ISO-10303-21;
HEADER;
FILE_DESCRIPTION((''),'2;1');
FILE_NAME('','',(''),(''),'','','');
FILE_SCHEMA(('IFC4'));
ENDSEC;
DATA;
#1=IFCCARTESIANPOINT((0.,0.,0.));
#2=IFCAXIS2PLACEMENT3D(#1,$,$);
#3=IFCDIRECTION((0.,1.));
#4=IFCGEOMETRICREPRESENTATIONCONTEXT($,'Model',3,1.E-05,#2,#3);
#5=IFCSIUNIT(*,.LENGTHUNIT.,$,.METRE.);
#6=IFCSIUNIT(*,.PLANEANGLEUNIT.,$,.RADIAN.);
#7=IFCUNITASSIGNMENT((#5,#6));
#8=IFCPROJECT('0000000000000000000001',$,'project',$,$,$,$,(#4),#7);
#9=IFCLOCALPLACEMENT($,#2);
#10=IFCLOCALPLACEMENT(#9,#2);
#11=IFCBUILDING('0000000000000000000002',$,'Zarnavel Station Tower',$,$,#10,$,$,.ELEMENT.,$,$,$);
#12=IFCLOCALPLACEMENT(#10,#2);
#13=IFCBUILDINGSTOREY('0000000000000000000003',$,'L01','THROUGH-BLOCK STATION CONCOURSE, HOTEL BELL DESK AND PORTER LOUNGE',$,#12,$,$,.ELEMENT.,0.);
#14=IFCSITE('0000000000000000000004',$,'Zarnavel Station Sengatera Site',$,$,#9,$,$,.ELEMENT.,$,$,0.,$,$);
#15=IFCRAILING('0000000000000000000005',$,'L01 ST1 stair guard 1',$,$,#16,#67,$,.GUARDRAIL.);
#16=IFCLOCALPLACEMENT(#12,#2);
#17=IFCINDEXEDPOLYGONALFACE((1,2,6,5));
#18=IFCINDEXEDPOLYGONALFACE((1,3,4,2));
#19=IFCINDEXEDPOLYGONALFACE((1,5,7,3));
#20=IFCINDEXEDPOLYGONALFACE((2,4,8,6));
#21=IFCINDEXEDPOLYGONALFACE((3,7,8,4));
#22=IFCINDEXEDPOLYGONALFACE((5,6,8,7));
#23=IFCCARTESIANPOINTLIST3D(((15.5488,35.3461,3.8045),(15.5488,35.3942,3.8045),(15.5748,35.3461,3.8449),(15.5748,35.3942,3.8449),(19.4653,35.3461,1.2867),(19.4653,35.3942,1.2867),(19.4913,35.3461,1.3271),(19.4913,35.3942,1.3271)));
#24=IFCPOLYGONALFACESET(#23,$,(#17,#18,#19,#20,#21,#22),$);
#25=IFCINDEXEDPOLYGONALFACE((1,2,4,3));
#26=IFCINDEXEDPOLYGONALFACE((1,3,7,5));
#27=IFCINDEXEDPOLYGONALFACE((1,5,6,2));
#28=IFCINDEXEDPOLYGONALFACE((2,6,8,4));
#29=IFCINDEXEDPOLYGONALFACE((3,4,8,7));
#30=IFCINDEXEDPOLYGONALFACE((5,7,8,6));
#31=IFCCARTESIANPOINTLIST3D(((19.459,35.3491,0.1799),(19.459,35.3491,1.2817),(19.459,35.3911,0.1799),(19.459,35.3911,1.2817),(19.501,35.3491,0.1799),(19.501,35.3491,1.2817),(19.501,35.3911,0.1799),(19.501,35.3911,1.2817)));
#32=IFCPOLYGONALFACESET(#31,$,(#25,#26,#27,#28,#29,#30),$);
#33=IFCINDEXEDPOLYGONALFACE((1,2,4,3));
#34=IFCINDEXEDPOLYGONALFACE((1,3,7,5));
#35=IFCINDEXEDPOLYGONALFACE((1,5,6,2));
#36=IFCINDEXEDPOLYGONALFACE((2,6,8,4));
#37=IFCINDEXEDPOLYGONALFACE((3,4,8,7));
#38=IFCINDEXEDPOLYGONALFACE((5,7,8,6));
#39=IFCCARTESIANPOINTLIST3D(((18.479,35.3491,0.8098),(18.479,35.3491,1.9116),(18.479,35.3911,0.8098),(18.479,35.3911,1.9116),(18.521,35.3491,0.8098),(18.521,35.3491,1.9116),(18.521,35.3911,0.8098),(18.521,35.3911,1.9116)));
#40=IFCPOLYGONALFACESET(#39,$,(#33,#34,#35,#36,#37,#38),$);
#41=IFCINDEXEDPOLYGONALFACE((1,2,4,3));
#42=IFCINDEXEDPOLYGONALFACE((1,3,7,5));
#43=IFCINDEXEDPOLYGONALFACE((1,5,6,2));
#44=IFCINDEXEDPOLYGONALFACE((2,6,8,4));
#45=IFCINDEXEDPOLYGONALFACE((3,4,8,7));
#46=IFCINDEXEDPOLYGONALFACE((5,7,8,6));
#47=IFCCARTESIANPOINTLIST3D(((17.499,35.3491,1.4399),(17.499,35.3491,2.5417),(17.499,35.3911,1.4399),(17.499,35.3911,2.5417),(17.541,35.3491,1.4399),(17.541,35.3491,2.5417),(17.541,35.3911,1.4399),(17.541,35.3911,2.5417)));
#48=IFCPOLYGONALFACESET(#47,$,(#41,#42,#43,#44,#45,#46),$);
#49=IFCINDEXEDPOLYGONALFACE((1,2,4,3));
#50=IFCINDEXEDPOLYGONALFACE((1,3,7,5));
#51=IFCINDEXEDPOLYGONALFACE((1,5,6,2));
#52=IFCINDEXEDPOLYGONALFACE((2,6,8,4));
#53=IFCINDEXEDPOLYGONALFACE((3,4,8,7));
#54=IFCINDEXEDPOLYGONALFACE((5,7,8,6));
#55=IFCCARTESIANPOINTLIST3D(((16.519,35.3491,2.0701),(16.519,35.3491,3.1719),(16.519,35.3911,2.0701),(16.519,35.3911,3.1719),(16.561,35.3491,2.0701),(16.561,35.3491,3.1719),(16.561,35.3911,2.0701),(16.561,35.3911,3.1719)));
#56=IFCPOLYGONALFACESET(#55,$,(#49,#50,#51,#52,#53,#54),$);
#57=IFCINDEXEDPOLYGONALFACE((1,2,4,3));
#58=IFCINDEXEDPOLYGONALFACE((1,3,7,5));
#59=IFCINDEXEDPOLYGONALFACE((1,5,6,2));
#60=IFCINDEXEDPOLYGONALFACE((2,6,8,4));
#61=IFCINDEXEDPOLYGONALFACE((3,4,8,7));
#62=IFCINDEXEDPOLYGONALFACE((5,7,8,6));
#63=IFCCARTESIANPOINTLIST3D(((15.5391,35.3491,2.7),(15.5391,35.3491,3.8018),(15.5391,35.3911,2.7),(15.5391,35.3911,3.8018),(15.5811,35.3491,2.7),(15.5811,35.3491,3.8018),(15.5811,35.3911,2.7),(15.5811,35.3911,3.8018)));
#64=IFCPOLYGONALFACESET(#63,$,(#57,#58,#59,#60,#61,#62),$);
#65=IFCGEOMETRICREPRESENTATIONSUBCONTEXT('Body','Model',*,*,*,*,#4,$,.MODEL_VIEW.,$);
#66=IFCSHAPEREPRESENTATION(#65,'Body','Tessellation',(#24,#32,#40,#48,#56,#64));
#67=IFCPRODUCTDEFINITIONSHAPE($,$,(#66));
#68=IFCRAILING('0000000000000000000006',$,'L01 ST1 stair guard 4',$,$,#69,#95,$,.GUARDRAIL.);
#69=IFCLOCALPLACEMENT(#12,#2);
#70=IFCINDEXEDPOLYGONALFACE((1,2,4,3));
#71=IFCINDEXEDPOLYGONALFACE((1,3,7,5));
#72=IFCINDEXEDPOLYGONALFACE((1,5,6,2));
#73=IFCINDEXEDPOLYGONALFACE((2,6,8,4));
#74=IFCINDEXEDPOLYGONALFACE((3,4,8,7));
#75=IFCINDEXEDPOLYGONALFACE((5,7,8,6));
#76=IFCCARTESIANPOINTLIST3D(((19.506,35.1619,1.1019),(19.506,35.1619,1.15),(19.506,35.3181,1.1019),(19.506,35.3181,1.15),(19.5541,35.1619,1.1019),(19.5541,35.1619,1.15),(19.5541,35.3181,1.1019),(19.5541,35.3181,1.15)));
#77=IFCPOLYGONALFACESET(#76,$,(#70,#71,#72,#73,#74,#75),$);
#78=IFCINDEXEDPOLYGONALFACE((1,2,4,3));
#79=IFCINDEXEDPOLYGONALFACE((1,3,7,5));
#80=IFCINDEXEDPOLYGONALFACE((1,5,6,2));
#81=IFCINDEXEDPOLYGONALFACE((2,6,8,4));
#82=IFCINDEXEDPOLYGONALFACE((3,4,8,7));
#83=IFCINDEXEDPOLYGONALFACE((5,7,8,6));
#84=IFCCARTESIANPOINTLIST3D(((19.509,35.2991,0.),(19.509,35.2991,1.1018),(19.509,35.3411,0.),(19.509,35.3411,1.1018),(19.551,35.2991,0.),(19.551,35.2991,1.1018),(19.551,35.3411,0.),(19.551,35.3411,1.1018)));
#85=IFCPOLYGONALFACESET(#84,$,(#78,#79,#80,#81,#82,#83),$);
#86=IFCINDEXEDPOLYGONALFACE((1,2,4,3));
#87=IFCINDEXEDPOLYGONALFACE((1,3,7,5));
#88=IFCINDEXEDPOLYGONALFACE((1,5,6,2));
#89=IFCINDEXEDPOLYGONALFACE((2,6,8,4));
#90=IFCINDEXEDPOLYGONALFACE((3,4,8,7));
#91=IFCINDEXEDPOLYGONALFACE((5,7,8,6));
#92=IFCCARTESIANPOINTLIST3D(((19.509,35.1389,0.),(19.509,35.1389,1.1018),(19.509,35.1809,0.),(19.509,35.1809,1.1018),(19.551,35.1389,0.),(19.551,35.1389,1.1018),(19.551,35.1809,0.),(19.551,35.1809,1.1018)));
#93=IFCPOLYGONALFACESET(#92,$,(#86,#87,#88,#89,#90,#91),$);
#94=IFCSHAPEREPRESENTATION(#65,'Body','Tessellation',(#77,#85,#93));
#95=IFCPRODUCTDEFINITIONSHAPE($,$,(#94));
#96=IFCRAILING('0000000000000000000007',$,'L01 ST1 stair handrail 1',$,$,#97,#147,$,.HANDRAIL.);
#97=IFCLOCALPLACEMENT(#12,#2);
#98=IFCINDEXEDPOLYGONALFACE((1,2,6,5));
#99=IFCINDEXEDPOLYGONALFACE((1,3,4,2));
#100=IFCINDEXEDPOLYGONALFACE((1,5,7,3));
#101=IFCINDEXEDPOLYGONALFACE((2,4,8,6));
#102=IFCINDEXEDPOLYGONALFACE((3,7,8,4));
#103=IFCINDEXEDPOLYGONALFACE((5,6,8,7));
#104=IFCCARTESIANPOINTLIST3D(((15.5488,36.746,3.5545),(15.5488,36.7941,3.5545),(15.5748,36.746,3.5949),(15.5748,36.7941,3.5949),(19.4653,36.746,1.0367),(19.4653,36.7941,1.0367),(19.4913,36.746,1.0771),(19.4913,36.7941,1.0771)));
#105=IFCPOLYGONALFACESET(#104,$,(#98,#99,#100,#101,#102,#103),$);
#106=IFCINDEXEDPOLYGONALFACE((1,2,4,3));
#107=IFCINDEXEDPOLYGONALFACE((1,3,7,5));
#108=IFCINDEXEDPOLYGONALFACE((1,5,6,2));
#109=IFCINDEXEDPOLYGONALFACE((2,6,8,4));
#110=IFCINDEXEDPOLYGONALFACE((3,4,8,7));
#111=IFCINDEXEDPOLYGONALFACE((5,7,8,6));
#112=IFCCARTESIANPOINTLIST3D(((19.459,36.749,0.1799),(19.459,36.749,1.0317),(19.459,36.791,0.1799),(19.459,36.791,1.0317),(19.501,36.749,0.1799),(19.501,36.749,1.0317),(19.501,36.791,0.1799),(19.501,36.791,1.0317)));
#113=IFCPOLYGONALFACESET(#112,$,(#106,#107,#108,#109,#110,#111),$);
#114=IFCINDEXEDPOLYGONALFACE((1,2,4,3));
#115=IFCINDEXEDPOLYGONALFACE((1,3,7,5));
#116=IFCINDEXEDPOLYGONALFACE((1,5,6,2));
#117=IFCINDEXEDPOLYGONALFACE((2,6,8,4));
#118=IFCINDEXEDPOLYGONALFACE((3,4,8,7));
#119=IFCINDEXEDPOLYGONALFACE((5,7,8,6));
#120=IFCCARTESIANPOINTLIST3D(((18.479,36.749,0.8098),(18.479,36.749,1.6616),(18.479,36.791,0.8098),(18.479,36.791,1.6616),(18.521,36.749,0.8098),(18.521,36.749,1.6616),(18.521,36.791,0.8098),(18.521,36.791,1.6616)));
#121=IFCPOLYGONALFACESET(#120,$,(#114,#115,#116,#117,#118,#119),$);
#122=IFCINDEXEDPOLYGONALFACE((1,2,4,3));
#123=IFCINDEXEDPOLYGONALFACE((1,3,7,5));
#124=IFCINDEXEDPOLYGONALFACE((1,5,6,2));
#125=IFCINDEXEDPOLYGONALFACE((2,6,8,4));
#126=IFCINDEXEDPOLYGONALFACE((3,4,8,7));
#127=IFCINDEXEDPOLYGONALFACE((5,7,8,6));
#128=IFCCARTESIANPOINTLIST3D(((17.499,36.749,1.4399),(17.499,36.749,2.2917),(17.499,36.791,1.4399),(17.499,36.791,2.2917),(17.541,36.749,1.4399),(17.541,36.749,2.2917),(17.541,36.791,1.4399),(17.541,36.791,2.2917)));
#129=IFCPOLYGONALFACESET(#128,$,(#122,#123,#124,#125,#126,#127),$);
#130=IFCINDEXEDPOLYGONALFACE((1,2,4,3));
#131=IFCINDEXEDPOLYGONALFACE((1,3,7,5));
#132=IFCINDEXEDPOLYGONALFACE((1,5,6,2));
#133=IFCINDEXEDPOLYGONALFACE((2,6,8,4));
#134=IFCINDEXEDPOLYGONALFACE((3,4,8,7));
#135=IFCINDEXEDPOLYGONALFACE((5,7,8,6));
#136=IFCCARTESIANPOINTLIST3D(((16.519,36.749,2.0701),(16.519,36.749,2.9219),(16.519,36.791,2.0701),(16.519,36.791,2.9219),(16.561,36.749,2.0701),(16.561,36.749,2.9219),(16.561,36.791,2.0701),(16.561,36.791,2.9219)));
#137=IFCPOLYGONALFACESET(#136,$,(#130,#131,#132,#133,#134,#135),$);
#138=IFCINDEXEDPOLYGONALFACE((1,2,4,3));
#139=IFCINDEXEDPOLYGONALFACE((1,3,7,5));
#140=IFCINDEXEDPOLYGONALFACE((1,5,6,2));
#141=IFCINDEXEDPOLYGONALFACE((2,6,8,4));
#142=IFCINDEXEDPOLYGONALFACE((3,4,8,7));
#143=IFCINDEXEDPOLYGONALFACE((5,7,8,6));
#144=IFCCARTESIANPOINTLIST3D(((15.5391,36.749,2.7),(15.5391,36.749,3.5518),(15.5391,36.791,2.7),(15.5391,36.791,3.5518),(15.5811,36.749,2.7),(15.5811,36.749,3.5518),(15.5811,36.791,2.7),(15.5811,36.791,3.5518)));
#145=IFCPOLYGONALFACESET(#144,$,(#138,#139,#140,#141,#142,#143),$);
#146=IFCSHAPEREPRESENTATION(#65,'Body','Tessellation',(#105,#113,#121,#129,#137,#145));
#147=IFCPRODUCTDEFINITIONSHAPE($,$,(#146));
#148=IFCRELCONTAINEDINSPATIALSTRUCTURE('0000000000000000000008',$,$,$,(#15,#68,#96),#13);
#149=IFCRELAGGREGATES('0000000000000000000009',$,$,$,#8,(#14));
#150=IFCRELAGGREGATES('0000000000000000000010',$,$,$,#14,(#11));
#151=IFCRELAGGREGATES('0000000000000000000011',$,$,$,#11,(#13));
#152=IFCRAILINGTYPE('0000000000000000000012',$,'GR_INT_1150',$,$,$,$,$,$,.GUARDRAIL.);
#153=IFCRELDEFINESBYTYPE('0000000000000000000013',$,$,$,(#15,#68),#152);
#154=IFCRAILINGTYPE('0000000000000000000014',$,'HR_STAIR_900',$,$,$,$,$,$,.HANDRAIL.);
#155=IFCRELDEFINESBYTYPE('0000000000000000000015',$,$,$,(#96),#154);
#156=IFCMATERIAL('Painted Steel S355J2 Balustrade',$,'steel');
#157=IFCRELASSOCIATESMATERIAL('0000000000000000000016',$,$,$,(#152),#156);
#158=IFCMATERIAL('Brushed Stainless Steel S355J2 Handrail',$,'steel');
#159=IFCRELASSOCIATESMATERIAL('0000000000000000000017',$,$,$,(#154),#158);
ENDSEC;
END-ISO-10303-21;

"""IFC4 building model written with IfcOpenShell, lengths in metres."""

from ifc_helpers import new_model, si_unit, direction, frame, origin, origin_2d, place, context, subcontext, project, spatial, rectangle, extrude, material, type_object, element, save


model = new_model("IFC4")

# Units and contexts
model_context = context("Model", 3, precision=1e-05, world=origin(), true_north=direction((0.0, 1.0)))
body_context = subcontext(model_context, "Body", "Model", "MODEL_VIEW")
ifc_project = project(units=[si_unit("LENGTHUNIT", "METRE"), si_unit("PLANEANGLEUNIT", "RADIAN")], contexts=[model_context])

# Site, building, storey
site_placement = place(None, origin())
site = spatial("IfcSite", under=ifc_project, at=site_placement, Name="Zarnavel Station Sengatera Site", CompositionType="ELEMENT", RefElevation=0.0)
building_placement = place(site_placement, origin())
building = spatial("IfcBuilding", under=site, at=building_placement, Name="Zarnavel Station Tower", CompositionType="ELEMENT")
storey_placement = place(building_placement, origin())
storey = spatial("IfcBuildingStorey", under=building, at=storey_placement, Name="L01", Description="THROUGH-BLOCK STATION CONCOURSE, HOTEL BELL DESK AND PORTER LOUNGE", CompositionType="ELEMENT", Elevation=0.0)

# Railings
ifc_material_1 = material(Name="Painted Steel S355J2 Balustrade", Category="steel")
railing_type_1 = type_object("IfcRailingType", Name="GR_INT_1150", PredefinedType="GUARDRAIL", material=ifc_material_1)
railing_1_placement = place(storey_placement, frame((19.48, 35.3701, 0.1799)))
element("IfcRailing", 1, at=railing_1_placement, inside=storey, type_object=railing_type_1, Name="L01 ST1 stair guard 1", PredefinedType="GUARDRAIL", context=body_context, shape_type="SweptSolid", body=[
    extrude(rectangle(XDim=0.0481, YDim=0.0481, at=origin_2d()), frame((-0.0017, 0.0, 1.127), z_axis=(-0.841172, 0.0, 0.540768), x_axis=(0.0, -1.0, 0.0)), (0.0, 0.0, 1.0), 4.656),
    extrude(rectangle(XDim=0.042, YDim=0.042, at=origin_2d()), origin(), (0.0, 0.0, 1.0), 1.1018),
    extrude(rectangle(XDim=0.042, YDim=0.042, at=origin_2d()), frame((-0.98, 0.0, 0.6299)), (0.0, 0.0, 1.0), 1.1018),
    extrude(rectangle(XDim=0.042, YDim=0.042, at=origin_2d()), frame((-1.96, 0.0, 1.26)), (0.0, 0.0, 1.0), 1.1018),
    extrude(rectangle(XDim=0.042, YDim=0.042, at=origin_2d()), frame((-2.9399, 0.0, 1.8901)), (0.0, 0.0, 1.0), 1.1018),
    extrude(rectangle(XDim=0.042, YDim=0.042, at=origin_2d()), frame((-3.9199, 0.0, 2.52)), (0.0, 0.0, 1.0), 1.1018),
])
railing_2_placement = place(storey_placement, frame((19.53, 35.3201, 0.0)))
element("IfcRailing", 2, at=railing_2_placement, inside=storey, type_object=railing_type_1, Name="L01 ST1 stair guard 4", PredefinedType="GUARDRAIL", context=body_context, shape_type="SweptSolid", body=[
    extrude(rectangle(XDim=0.0481, YDim=0.0481, at=origin_2d()), frame((0.0, -0.002, 1.126), z_axis=(0.0, -1.0, 0.0), x_axis=(1.0, 0.0, 0.0)), (0.0, 0.0, 1.0), 0.1562),
    extrude(rectangle(XDim=0.042, YDim=0.042, at=origin_2d()), origin(), (0.0, 0.0, 1.0), 1.1018),
    extrude(rectangle(XDim=0.042, YDim=0.042, at=origin_2d()), frame((0.0, -0.1602, 0.0)), (0.0, 0.0, 1.0), 1.1018),
])
ifc_material_2 = material(Name="Brushed Stainless Steel S355J2 Handrail", Category="steel")
railing_type_2 = type_object("IfcRailingType", Name="HR_STAIR_900", PredefinedType="HANDRAIL", material=ifc_material_2)
railing_3_placement = place(storey_placement, frame((19.48, 36.77, 0.1799)))
element("IfcRailing", 3, at=railing_3_placement, inside=storey, type_object=railing_type_2, Name="L01 ST1 stair handrail 1", PredefinedType="HANDRAIL", context=body_context, shape_type="SweptSolid", body=[
    extrude(rectangle(XDim=0.0481, YDim=0.0481, at=origin_2d()), frame((-0.0017, 0.0, 0.877), z_axis=(-0.841172, 0.0, 0.540768), x_axis=(0.0, -1.0, 0.0)), (0.0, 0.0, 1.0), 4.656),
    extrude(rectangle(XDim=0.042, YDim=0.042, at=origin_2d()), origin(), (0.0, 0.0, 1.0), 0.8518),
    extrude(rectangle(XDim=0.042, YDim=0.042, at=origin_2d()), frame((-0.98, 0.0, 0.6299)), (0.0, 0.0, 1.0), 0.8518),
    extrude(rectangle(XDim=0.042, YDim=0.042, at=origin_2d()), frame((-1.96, 0.0, 1.26)), (0.0, 0.0, 1.0), 0.8518),
    extrude(rectangle(XDim=0.042, YDim=0.042, at=origin_2d()), frame((-2.9399, 0.0, 1.8901)), (0.0, 0.0, 1.0), 0.8518),
    extrude(rectangle(XDim=0.042, YDim=0.042, at=origin_2d()), frame((-3.9199, 0.0, 2.52)), (0.0, 0.0, 1.0), 0.8518),
])

save(model, "model.ifc")
